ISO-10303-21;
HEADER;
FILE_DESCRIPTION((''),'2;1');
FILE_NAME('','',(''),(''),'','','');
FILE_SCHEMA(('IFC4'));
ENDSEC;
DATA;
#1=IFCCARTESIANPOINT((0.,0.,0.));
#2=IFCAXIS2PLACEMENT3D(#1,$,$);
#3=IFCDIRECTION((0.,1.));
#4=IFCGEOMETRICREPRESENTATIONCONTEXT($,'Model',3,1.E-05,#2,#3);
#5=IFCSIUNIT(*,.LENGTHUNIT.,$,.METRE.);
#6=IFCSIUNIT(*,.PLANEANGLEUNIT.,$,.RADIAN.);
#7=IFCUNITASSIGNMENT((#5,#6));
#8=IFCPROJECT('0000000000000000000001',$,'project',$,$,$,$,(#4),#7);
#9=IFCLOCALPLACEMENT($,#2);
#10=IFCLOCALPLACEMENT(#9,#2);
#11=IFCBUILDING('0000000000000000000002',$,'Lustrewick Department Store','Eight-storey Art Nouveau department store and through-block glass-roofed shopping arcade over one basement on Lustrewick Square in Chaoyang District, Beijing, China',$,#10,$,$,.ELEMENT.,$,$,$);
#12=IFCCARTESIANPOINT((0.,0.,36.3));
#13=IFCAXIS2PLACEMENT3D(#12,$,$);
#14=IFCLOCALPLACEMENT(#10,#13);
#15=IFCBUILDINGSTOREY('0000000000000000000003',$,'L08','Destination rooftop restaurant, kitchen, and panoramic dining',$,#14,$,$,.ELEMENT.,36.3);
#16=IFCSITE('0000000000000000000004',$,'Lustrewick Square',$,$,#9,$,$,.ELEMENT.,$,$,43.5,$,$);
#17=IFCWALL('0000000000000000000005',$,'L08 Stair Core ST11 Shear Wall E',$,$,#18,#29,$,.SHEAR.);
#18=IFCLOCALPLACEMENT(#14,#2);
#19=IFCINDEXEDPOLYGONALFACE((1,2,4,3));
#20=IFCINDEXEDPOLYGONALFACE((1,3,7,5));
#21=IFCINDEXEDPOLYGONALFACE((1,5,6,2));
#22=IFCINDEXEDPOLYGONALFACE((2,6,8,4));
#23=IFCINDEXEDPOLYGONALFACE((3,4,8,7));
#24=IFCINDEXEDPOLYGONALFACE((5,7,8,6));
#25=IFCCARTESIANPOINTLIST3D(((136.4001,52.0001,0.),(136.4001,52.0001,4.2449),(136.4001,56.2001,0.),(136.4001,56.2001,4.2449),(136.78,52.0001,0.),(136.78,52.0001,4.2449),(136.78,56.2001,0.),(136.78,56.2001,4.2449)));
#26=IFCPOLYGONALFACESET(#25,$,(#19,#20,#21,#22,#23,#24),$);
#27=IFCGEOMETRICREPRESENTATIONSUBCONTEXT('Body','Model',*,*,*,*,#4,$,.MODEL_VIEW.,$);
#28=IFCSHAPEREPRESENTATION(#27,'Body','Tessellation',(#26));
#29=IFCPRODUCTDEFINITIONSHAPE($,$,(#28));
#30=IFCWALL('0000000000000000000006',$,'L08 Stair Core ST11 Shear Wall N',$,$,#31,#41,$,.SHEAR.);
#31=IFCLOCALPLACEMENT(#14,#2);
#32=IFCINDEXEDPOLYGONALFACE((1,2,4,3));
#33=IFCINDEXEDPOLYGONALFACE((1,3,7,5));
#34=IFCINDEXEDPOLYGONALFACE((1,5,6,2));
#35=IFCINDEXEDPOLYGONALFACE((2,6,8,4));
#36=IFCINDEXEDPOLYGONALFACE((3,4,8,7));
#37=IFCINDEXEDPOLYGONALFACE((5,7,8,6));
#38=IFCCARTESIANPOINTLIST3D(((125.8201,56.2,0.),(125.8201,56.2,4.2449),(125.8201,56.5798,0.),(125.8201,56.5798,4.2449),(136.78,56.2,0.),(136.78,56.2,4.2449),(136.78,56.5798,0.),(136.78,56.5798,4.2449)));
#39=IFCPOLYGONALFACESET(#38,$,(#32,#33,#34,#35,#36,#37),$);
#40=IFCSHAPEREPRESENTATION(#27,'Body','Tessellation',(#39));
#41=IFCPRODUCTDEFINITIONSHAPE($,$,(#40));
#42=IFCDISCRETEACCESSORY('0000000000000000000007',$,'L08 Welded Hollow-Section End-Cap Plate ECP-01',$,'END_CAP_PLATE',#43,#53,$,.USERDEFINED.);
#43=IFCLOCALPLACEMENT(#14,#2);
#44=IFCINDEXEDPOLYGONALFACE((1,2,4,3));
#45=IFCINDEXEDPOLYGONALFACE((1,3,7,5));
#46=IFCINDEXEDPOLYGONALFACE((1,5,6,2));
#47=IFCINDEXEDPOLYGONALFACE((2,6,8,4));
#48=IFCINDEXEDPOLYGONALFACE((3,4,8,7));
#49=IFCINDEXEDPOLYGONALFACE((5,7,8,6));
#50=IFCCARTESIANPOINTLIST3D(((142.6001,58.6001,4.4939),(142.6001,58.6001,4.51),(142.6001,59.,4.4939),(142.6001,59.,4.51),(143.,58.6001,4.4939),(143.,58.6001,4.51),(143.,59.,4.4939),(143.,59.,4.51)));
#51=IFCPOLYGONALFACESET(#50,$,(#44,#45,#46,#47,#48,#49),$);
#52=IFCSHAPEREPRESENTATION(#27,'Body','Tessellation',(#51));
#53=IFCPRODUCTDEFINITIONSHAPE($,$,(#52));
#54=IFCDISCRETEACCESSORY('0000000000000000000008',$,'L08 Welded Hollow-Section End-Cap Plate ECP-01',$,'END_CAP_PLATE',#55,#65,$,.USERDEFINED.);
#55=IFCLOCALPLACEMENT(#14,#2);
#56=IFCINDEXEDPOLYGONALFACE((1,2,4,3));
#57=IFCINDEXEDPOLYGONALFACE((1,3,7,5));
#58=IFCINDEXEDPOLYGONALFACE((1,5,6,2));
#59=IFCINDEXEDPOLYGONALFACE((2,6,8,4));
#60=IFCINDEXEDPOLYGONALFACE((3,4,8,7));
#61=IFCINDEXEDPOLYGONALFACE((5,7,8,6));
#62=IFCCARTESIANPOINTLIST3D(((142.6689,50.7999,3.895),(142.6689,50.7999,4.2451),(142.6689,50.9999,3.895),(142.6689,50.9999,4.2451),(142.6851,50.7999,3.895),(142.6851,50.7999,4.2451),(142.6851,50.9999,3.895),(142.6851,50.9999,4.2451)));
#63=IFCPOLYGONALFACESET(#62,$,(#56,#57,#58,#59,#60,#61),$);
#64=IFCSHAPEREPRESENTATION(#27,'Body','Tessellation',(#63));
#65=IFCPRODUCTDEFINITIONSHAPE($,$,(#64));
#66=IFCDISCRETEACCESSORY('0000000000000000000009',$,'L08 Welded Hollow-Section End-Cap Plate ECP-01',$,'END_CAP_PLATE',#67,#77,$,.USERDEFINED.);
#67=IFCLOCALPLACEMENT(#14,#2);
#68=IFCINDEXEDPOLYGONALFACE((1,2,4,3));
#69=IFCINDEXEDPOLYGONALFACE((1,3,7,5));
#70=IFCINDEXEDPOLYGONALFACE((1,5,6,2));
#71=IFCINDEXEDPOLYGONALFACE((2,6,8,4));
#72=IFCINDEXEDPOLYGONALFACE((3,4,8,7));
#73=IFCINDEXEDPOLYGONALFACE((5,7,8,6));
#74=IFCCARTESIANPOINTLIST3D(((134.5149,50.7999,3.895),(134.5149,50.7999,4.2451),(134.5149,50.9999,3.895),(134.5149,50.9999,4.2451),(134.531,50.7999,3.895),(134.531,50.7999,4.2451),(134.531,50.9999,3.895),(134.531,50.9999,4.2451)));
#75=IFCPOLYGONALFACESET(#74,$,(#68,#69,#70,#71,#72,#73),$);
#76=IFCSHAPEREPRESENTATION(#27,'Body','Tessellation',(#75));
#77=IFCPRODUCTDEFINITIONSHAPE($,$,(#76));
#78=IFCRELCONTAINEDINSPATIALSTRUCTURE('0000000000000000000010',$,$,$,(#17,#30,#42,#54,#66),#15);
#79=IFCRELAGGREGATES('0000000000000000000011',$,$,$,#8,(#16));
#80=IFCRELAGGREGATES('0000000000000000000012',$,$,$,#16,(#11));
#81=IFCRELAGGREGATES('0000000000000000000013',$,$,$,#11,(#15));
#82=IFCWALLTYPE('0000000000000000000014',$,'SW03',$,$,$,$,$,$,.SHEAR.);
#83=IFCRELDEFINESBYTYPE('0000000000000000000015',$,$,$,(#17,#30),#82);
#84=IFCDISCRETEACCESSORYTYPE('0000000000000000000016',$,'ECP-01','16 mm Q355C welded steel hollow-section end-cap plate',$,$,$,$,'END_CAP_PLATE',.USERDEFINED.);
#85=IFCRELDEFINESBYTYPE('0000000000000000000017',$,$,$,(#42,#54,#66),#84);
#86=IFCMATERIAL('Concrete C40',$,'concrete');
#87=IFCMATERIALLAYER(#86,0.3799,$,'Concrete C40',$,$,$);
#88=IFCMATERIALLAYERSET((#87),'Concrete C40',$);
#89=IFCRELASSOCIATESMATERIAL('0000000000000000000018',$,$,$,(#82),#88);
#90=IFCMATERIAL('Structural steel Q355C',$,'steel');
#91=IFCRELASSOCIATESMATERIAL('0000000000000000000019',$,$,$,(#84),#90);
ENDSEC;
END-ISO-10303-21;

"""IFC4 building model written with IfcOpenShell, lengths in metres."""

from ifc_helpers import new_model, si_unit, direction, frame, frame_2d, origin, origin_2d, place, context, subcontext, project, spatial, rectangle, extrude, material, layer, layer_set, type_object, element, save


model = new_model("IFC4")

# Units and contexts
model_context = context("Model", 3, precision=1e-05, world=origin(), true_north=direction((0.0, 1.0)))
body_context = subcontext(model_context, "Body", "Model", "MODEL_VIEW")
ifc_project = project(units=[si_unit("LENGTHUNIT", "METRE"), si_unit("PLANEANGLEUNIT", "RADIAN")], contexts=[model_context])

# Site, building, storey
site_placement = place(None, origin())
site = spatial("IfcSite", under=ifc_project, at=site_placement, Name="Lustrewick Square", CompositionType="ELEMENT", RefElevation=43.5)
building_placement = place(site_placement, origin())
building = spatial("IfcBuilding", under=site, at=building_placement, Name="Lustrewick Department Store", Description="Eight-storey Art Nouveau department store and through-block glass-roofed shopping arcade over one basement on Lustrewick Square in Chaoyang District, Beijing, China", CompositionType="ELEMENT")
storey_placement = place(building_placement, frame((0.0, 0.0, 36.3)))
storey = spatial("IfcBuildingStorey", under=building, at=storey_placement, Name="L08", Description="Destination rooftop restaurant, kitchen, and panoramic dining", CompositionType="ELEMENT", Elevation=36.3)

# Shared definitions
ifc_material_1 = material(Name="Structural steel Q355C", Category="steel")

# Walls
ifc_material_2 = material(Name="Concrete C40", Category="concrete")
ifc_layer_1 = layer(ifc_material_2, 0.3799, Name="Concrete C40")
ifc_layer_set_1 = layer_set([ifc_layer_1], Name="Concrete C40")
wall_type_1 = type_object("IfcWallType", Name="SW03", PredefinedType="SHEAR", material=ifc_layer_set_1)
wall_1_placement = place(storey_placement, frame((136.5901, 52.0, 0.0), z_axis=(0.0, 0.0, 1.0), x_axis=(0.0, 1.0, 0.0)))
element("IfcWall", 1, at=wall_1_placement, inside=storey, type_object=wall_type_1, Name="L08 Stair Core ST11 Shear Wall E", PredefinedType="SHEAR", context=body_context, shape_type="SweptSolid", body=[
    extrude(rectangle(XDim=4.2, YDim=0.3799, at=frame_2d((2.1001, 0.0))), origin(), (0.0, 0.0, 1.0), 4.2449),
])
wall_2_placement = place(storey_placement, frame((136.78, 56.3899, 0.0), z_axis=(0.0, 0.0, 1.0), x_axis=(-1.0, 0.0, 0.0)))
element("IfcWall", 2, at=wall_2_placement, inside=storey, type_object=wall_type_1, Name="L08 Stair Core ST11 Shear Wall N", PredefinedType="SHEAR", context=body_context, shape_type="SweptSolid", body=[
    extrude(rectangle(XDim=10.96, YDim=0.3799, at=frame_2d((5.48, 0.0))), origin(), (0.0, 0.0, 1.0), 4.2449),
])

# Discrete accessories
discrete_accessory_type = type_object("IfcDiscreteAccessoryType", Name="ECP-01", Description="16 mm Q355C welded steel hollow-section end-cap plate", ElementType="END_CAP_PLATE", PredefinedType="USERDEFINED", material=ifc_material_1)
discrete_accessory_placement = place(storey_placement, frame((142.8, 58.8, 4.4939), z_axis=(0.0, 0.0, 1.0), x_axis=(1.0, 0.0, 0.0)))
element("IfcDiscreteAccessory", 3, at=discrete_accessory_placement, inside=storey, type_object=discrete_accessory_type, Name="L08 Welded Hollow-Section End-Cap Plate ECP-01", ObjectType="END_CAP_PLATE", PredefinedType="USERDEFINED", context=body_context, shape_type="SweptSolid", body=[
    extrude(rectangle(XDim=0.3999, YDim=0.3999, at=origin_2d()), origin(), (0.0, 0.0, 1.0), 0.0161),
])
for number, where, z_axis, x_axis, name in (
    (4, (142.6689, 50.8999, 4.0701), (1.0, 0.0, 0.0), (0.0, 1.0, 0.0), "L08 Welded Hollow-Section End-Cap Plate ECP-01"),
    (5, (134.531, 50.8999, 4.0701), (-1.0, 0.0, 0.0), (0.0, 1.0, 0.0), "L08 Welded Hollow-Section End-Cap Plate ECP-01"),
):
    element("IfcDiscreteAccessory", number, at=place(storey_placement, frame(where, z_axis=z_axis, x_axis=x_axis)), inside=storey, type_object=discrete_accessory_type, Name=name, ObjectType="END_CAP_PLATE", PredefinedType="USERDEFINED", context=body_context, shape_type="SweptSolid", body=[
        extrude(rectangle(XDim=0.2, YDim=0.3501, at=origin_2d()), origin(), (0.0, 0.0, 1.0), 0.0161),
    ])

save(model, "model.ifc")
